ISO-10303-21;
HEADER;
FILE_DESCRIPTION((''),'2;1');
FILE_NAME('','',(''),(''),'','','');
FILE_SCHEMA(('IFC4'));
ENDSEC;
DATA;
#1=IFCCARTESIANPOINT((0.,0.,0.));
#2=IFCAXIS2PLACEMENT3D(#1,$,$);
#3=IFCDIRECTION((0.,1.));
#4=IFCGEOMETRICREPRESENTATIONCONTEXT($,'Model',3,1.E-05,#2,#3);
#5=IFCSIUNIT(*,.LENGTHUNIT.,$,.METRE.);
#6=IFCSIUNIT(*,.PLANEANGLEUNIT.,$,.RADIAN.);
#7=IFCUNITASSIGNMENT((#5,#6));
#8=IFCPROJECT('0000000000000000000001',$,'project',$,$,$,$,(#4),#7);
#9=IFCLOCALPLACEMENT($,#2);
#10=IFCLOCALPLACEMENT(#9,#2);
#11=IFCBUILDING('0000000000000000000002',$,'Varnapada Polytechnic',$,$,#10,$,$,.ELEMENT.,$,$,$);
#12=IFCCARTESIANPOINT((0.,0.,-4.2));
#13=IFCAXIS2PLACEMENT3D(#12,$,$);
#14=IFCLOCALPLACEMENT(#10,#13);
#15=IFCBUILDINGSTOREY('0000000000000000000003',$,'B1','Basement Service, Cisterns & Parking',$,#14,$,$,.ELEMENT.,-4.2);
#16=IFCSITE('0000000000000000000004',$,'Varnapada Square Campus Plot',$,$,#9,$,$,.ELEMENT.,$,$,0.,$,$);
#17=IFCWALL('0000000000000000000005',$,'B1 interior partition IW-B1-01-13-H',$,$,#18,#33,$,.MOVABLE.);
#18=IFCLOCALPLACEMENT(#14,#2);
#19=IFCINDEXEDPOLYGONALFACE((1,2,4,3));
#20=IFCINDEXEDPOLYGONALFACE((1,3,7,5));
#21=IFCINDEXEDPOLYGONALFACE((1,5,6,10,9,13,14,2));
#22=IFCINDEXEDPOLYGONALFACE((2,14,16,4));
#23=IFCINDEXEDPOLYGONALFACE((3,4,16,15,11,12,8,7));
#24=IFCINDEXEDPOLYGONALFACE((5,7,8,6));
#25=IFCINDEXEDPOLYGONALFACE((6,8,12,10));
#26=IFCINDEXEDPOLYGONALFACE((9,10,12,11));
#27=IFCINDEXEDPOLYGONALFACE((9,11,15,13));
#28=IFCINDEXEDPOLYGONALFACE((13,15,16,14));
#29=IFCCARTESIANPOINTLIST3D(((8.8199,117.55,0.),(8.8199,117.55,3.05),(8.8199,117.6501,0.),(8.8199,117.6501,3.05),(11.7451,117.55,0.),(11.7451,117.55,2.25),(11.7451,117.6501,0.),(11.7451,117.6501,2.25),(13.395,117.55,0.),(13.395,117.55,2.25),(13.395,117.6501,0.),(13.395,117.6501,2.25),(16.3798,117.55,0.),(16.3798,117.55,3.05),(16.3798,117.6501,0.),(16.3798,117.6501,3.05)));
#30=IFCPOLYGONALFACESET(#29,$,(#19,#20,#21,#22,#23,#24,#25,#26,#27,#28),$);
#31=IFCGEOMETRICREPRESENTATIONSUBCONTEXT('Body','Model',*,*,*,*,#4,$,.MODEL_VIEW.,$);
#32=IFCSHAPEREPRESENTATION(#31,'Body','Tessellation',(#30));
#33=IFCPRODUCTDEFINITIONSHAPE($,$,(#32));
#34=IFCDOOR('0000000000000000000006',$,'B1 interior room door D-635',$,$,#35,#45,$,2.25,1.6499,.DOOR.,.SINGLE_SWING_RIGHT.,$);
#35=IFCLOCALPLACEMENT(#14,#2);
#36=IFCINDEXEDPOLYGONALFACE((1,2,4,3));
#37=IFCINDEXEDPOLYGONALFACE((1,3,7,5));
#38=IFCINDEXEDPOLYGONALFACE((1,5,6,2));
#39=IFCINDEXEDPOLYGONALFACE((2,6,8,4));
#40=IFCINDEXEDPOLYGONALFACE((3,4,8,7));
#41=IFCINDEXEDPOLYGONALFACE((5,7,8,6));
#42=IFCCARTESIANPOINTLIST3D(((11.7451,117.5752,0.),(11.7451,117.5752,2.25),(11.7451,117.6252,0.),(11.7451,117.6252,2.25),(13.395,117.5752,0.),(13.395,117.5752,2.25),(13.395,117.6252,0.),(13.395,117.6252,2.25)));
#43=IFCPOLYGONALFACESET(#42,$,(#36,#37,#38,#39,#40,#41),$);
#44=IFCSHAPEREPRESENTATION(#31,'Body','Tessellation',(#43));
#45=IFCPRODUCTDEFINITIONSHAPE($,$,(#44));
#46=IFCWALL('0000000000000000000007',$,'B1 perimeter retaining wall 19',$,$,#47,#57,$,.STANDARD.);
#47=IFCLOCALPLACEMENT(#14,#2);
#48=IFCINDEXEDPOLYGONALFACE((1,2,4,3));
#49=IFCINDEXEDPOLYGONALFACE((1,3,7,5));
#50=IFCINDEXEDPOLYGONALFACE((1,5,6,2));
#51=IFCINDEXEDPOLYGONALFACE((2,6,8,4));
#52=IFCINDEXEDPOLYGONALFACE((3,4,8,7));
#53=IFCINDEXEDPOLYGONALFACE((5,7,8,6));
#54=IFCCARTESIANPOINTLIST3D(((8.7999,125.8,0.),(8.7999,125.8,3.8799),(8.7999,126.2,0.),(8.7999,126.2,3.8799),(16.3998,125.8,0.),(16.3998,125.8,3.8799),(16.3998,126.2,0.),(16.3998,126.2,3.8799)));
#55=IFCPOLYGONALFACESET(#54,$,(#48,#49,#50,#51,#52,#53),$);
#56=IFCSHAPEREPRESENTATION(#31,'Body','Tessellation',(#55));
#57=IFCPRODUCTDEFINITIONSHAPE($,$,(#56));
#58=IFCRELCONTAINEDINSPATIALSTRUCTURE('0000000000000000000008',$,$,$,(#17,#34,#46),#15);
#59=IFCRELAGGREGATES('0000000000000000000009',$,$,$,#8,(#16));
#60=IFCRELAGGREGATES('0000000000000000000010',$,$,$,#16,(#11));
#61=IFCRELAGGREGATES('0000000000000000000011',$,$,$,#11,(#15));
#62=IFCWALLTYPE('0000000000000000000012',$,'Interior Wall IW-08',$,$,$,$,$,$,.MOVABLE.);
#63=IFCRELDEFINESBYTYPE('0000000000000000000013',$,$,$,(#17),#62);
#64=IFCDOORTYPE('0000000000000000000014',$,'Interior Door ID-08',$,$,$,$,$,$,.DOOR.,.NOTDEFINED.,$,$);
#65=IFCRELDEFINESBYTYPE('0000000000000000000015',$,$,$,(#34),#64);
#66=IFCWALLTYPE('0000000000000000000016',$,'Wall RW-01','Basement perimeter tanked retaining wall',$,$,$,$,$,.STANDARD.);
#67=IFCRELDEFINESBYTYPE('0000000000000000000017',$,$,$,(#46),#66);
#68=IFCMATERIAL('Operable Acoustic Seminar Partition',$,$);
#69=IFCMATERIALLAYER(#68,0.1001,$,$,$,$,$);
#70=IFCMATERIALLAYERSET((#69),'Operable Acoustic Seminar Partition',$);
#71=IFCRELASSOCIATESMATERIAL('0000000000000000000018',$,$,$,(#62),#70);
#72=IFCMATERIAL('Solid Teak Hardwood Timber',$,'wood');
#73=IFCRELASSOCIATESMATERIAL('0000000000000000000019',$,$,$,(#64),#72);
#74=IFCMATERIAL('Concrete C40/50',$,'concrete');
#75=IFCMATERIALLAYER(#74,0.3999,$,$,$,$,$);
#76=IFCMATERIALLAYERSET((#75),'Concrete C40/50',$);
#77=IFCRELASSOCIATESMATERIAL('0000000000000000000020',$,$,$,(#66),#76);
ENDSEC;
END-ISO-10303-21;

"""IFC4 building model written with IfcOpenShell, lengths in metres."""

from ifc_helpers import new_model, si_unit, direction, frame, frame_2d, origin, place, context, subcontext, project, spatial, rectangle, extrude, material, layer, layer_set, type_object, element, fill, save


model = new_model("IFC4")

# Units and contexts
model_context = context("Model", 3, precision=1e-05, world=origin(), true_north=direction((0.0, 1.0)))
body_context = subcontext(model_context, "Body", "Model", "MODEL_VIEW")
ifc_project = project(units=[si_unit("LENGTHUNIT", "METRE"), si_unit("PLANEANGLEUNIT", "RADIAN")], contexts=[model_context])

# Site, building, storey
site_placement = place(None, origin())
site = spatial("IfcSite", under=ifc_project, at=site_placement, Name="Varnapada Square Campus Plot", CompositionType="ELEMENT", RefElevation=0.0)
building_placement = place(site_placement, origin())
building = spatial("IfcBuilding", under=site, at=building_placement, Name="Varnapada Polytechnic", CompositionType="ELEMENT")
storey_placement = place(building_placement, frame((0.0, 0.0, -4.2)))
storey = spatial("IfcBuildingStorey", under=building, at=storey_placement, Name="B1", Description="Basement Service, Cisterns & Parking", CompositionType="ELEMENT", Elevation=-4.2)

# Shared definitions
ifc_material_1 = material(Name="Concrete C40/50", Category="concrete")

# Wall, opening, door
ifc_material_2 = material(Name="Operable Acoustic Seminar Partition")
ifc_layer_1 = layer(ifc_material_2, 0.1001)
ifc_layer_set_1 = layer_set([ifc_layer_1], Name="Operable Acoustic Seminar Partition")
wall_type_1 = type_object("IfcWallType", Name="Interior Wall IW-08", PredefinedType="MOVABLE", material=ifc_layer_set_1)
wall_1_placement = place(storey_placement, frame((8.8201, 117.6001, 0.0), z_axis=(0.0, 0.0, 1.0), x_axis=(1.0, 0.0, 0.0)))
wall_1 = element("IfcWall", 1, at=wall_1_placement, inside=storey, type_object=wall_type_1, Name="B1 interior partition IW-B1-01-13-H", PredefinedType="MOVABLE", context=body_context, shape_type="SweptSolid", body=[
    extrude(rectangle(XDim=7.5598, YDim=0.1001, at=frame_2d((3.7798, 0.0))), origin(), (0.0, 0.0, 1.0), 3.05),
])
opening_placement = place(wall_1_placement, frame((2.925, 0.0, 0.0)))
opening = element("IfcOpeningElement", 2, at=opening_placement, cuts=wall_1, PredefinedType="OPENING", context=body_context, shape_type="SweptSolid", body=[
    extrude(rectangle(XDim=1.6499, YDim=2.25, at=frame_2d((0.825, 1.125))), frame((0.0, 0.0601, 0.0), z_axis=(0.0, -1.0, 0.0), x_axis=(1.0, 0.0, 0.0)), (0.0, 0.0, 1.0), 0.1201),
])
ifc_material_3 = material(Name="Solid Teak Hardwood Timber", Category="wood")
door_type = type_object("IfcDoorType", Name="Interior Door ID-08", OperationType="NOTDEFINED", PredefinedType="DOOR", material=ifc_material_3)
door_placement = place(opening_placement, frame((1.6499, 0.0, 0.0), z_axis=(0.0, 0.0, 1.0), x_axis=(-1.0, 0.0, 0.0)))
door = element("IfcDoor", 3, at=door_placement, inside=storey, type_object=door_type, Name="B1 interior room door D-635", OperationType="SINGLE_SWING_RIGHT", OverallHeight=2.25, OverallWidth=1.6499, PredefinedType="DOOR", context=body_context, shape_type="SweptSolid", body=[
    extrude(rectangle(XDim=1.6499, YDim=2.25, at=frame_2d((0.825, 1.125))), frame((0.0, 0.0249, 0.0), z_axis=(0.0, -1.0, 0.0), x_axis=(1.0, 0.0, 0.0)), (0.0, 0.0, 1.0), 0.05),
])
fill(opening, door)

# Wall
ifc_layer_2 = layer(ifc_material_1, 0.3999)
ifc_layer_set_2 = layer_set([ifc_layer_2], Name="Concrete C40/50")
wall_type_2 = type_object("IfcWallType", Name="Wall RW-01", Description="Basement perimeter tanked retaining wall", PredefinedType="STANDARD", material=ifc_layer_set_2)
wall_2_placement = place(storey_placement, frame((8.8, 126.0, 0.0), z_axis=(0.0, 0.0, 1.0), x_axis=(1.0, 0.0, 0.0)))
element("IfcWall", 4, at=wall_2_placement, inside=storey, type_object=wall_type_2, Name="B1 perimeter retaining wall 19", PredefinedType="STANDARD", context=body_context, shape_type="SweptSolid", body=[
    extrude(rectangle(XDim=7.5999, YDim=0.3999, at=frame_2d((3.7998, 0.0))), origin(), (0.0, 0.0, 1.0), 3.8799),
])

save(model, "model.ifc")
